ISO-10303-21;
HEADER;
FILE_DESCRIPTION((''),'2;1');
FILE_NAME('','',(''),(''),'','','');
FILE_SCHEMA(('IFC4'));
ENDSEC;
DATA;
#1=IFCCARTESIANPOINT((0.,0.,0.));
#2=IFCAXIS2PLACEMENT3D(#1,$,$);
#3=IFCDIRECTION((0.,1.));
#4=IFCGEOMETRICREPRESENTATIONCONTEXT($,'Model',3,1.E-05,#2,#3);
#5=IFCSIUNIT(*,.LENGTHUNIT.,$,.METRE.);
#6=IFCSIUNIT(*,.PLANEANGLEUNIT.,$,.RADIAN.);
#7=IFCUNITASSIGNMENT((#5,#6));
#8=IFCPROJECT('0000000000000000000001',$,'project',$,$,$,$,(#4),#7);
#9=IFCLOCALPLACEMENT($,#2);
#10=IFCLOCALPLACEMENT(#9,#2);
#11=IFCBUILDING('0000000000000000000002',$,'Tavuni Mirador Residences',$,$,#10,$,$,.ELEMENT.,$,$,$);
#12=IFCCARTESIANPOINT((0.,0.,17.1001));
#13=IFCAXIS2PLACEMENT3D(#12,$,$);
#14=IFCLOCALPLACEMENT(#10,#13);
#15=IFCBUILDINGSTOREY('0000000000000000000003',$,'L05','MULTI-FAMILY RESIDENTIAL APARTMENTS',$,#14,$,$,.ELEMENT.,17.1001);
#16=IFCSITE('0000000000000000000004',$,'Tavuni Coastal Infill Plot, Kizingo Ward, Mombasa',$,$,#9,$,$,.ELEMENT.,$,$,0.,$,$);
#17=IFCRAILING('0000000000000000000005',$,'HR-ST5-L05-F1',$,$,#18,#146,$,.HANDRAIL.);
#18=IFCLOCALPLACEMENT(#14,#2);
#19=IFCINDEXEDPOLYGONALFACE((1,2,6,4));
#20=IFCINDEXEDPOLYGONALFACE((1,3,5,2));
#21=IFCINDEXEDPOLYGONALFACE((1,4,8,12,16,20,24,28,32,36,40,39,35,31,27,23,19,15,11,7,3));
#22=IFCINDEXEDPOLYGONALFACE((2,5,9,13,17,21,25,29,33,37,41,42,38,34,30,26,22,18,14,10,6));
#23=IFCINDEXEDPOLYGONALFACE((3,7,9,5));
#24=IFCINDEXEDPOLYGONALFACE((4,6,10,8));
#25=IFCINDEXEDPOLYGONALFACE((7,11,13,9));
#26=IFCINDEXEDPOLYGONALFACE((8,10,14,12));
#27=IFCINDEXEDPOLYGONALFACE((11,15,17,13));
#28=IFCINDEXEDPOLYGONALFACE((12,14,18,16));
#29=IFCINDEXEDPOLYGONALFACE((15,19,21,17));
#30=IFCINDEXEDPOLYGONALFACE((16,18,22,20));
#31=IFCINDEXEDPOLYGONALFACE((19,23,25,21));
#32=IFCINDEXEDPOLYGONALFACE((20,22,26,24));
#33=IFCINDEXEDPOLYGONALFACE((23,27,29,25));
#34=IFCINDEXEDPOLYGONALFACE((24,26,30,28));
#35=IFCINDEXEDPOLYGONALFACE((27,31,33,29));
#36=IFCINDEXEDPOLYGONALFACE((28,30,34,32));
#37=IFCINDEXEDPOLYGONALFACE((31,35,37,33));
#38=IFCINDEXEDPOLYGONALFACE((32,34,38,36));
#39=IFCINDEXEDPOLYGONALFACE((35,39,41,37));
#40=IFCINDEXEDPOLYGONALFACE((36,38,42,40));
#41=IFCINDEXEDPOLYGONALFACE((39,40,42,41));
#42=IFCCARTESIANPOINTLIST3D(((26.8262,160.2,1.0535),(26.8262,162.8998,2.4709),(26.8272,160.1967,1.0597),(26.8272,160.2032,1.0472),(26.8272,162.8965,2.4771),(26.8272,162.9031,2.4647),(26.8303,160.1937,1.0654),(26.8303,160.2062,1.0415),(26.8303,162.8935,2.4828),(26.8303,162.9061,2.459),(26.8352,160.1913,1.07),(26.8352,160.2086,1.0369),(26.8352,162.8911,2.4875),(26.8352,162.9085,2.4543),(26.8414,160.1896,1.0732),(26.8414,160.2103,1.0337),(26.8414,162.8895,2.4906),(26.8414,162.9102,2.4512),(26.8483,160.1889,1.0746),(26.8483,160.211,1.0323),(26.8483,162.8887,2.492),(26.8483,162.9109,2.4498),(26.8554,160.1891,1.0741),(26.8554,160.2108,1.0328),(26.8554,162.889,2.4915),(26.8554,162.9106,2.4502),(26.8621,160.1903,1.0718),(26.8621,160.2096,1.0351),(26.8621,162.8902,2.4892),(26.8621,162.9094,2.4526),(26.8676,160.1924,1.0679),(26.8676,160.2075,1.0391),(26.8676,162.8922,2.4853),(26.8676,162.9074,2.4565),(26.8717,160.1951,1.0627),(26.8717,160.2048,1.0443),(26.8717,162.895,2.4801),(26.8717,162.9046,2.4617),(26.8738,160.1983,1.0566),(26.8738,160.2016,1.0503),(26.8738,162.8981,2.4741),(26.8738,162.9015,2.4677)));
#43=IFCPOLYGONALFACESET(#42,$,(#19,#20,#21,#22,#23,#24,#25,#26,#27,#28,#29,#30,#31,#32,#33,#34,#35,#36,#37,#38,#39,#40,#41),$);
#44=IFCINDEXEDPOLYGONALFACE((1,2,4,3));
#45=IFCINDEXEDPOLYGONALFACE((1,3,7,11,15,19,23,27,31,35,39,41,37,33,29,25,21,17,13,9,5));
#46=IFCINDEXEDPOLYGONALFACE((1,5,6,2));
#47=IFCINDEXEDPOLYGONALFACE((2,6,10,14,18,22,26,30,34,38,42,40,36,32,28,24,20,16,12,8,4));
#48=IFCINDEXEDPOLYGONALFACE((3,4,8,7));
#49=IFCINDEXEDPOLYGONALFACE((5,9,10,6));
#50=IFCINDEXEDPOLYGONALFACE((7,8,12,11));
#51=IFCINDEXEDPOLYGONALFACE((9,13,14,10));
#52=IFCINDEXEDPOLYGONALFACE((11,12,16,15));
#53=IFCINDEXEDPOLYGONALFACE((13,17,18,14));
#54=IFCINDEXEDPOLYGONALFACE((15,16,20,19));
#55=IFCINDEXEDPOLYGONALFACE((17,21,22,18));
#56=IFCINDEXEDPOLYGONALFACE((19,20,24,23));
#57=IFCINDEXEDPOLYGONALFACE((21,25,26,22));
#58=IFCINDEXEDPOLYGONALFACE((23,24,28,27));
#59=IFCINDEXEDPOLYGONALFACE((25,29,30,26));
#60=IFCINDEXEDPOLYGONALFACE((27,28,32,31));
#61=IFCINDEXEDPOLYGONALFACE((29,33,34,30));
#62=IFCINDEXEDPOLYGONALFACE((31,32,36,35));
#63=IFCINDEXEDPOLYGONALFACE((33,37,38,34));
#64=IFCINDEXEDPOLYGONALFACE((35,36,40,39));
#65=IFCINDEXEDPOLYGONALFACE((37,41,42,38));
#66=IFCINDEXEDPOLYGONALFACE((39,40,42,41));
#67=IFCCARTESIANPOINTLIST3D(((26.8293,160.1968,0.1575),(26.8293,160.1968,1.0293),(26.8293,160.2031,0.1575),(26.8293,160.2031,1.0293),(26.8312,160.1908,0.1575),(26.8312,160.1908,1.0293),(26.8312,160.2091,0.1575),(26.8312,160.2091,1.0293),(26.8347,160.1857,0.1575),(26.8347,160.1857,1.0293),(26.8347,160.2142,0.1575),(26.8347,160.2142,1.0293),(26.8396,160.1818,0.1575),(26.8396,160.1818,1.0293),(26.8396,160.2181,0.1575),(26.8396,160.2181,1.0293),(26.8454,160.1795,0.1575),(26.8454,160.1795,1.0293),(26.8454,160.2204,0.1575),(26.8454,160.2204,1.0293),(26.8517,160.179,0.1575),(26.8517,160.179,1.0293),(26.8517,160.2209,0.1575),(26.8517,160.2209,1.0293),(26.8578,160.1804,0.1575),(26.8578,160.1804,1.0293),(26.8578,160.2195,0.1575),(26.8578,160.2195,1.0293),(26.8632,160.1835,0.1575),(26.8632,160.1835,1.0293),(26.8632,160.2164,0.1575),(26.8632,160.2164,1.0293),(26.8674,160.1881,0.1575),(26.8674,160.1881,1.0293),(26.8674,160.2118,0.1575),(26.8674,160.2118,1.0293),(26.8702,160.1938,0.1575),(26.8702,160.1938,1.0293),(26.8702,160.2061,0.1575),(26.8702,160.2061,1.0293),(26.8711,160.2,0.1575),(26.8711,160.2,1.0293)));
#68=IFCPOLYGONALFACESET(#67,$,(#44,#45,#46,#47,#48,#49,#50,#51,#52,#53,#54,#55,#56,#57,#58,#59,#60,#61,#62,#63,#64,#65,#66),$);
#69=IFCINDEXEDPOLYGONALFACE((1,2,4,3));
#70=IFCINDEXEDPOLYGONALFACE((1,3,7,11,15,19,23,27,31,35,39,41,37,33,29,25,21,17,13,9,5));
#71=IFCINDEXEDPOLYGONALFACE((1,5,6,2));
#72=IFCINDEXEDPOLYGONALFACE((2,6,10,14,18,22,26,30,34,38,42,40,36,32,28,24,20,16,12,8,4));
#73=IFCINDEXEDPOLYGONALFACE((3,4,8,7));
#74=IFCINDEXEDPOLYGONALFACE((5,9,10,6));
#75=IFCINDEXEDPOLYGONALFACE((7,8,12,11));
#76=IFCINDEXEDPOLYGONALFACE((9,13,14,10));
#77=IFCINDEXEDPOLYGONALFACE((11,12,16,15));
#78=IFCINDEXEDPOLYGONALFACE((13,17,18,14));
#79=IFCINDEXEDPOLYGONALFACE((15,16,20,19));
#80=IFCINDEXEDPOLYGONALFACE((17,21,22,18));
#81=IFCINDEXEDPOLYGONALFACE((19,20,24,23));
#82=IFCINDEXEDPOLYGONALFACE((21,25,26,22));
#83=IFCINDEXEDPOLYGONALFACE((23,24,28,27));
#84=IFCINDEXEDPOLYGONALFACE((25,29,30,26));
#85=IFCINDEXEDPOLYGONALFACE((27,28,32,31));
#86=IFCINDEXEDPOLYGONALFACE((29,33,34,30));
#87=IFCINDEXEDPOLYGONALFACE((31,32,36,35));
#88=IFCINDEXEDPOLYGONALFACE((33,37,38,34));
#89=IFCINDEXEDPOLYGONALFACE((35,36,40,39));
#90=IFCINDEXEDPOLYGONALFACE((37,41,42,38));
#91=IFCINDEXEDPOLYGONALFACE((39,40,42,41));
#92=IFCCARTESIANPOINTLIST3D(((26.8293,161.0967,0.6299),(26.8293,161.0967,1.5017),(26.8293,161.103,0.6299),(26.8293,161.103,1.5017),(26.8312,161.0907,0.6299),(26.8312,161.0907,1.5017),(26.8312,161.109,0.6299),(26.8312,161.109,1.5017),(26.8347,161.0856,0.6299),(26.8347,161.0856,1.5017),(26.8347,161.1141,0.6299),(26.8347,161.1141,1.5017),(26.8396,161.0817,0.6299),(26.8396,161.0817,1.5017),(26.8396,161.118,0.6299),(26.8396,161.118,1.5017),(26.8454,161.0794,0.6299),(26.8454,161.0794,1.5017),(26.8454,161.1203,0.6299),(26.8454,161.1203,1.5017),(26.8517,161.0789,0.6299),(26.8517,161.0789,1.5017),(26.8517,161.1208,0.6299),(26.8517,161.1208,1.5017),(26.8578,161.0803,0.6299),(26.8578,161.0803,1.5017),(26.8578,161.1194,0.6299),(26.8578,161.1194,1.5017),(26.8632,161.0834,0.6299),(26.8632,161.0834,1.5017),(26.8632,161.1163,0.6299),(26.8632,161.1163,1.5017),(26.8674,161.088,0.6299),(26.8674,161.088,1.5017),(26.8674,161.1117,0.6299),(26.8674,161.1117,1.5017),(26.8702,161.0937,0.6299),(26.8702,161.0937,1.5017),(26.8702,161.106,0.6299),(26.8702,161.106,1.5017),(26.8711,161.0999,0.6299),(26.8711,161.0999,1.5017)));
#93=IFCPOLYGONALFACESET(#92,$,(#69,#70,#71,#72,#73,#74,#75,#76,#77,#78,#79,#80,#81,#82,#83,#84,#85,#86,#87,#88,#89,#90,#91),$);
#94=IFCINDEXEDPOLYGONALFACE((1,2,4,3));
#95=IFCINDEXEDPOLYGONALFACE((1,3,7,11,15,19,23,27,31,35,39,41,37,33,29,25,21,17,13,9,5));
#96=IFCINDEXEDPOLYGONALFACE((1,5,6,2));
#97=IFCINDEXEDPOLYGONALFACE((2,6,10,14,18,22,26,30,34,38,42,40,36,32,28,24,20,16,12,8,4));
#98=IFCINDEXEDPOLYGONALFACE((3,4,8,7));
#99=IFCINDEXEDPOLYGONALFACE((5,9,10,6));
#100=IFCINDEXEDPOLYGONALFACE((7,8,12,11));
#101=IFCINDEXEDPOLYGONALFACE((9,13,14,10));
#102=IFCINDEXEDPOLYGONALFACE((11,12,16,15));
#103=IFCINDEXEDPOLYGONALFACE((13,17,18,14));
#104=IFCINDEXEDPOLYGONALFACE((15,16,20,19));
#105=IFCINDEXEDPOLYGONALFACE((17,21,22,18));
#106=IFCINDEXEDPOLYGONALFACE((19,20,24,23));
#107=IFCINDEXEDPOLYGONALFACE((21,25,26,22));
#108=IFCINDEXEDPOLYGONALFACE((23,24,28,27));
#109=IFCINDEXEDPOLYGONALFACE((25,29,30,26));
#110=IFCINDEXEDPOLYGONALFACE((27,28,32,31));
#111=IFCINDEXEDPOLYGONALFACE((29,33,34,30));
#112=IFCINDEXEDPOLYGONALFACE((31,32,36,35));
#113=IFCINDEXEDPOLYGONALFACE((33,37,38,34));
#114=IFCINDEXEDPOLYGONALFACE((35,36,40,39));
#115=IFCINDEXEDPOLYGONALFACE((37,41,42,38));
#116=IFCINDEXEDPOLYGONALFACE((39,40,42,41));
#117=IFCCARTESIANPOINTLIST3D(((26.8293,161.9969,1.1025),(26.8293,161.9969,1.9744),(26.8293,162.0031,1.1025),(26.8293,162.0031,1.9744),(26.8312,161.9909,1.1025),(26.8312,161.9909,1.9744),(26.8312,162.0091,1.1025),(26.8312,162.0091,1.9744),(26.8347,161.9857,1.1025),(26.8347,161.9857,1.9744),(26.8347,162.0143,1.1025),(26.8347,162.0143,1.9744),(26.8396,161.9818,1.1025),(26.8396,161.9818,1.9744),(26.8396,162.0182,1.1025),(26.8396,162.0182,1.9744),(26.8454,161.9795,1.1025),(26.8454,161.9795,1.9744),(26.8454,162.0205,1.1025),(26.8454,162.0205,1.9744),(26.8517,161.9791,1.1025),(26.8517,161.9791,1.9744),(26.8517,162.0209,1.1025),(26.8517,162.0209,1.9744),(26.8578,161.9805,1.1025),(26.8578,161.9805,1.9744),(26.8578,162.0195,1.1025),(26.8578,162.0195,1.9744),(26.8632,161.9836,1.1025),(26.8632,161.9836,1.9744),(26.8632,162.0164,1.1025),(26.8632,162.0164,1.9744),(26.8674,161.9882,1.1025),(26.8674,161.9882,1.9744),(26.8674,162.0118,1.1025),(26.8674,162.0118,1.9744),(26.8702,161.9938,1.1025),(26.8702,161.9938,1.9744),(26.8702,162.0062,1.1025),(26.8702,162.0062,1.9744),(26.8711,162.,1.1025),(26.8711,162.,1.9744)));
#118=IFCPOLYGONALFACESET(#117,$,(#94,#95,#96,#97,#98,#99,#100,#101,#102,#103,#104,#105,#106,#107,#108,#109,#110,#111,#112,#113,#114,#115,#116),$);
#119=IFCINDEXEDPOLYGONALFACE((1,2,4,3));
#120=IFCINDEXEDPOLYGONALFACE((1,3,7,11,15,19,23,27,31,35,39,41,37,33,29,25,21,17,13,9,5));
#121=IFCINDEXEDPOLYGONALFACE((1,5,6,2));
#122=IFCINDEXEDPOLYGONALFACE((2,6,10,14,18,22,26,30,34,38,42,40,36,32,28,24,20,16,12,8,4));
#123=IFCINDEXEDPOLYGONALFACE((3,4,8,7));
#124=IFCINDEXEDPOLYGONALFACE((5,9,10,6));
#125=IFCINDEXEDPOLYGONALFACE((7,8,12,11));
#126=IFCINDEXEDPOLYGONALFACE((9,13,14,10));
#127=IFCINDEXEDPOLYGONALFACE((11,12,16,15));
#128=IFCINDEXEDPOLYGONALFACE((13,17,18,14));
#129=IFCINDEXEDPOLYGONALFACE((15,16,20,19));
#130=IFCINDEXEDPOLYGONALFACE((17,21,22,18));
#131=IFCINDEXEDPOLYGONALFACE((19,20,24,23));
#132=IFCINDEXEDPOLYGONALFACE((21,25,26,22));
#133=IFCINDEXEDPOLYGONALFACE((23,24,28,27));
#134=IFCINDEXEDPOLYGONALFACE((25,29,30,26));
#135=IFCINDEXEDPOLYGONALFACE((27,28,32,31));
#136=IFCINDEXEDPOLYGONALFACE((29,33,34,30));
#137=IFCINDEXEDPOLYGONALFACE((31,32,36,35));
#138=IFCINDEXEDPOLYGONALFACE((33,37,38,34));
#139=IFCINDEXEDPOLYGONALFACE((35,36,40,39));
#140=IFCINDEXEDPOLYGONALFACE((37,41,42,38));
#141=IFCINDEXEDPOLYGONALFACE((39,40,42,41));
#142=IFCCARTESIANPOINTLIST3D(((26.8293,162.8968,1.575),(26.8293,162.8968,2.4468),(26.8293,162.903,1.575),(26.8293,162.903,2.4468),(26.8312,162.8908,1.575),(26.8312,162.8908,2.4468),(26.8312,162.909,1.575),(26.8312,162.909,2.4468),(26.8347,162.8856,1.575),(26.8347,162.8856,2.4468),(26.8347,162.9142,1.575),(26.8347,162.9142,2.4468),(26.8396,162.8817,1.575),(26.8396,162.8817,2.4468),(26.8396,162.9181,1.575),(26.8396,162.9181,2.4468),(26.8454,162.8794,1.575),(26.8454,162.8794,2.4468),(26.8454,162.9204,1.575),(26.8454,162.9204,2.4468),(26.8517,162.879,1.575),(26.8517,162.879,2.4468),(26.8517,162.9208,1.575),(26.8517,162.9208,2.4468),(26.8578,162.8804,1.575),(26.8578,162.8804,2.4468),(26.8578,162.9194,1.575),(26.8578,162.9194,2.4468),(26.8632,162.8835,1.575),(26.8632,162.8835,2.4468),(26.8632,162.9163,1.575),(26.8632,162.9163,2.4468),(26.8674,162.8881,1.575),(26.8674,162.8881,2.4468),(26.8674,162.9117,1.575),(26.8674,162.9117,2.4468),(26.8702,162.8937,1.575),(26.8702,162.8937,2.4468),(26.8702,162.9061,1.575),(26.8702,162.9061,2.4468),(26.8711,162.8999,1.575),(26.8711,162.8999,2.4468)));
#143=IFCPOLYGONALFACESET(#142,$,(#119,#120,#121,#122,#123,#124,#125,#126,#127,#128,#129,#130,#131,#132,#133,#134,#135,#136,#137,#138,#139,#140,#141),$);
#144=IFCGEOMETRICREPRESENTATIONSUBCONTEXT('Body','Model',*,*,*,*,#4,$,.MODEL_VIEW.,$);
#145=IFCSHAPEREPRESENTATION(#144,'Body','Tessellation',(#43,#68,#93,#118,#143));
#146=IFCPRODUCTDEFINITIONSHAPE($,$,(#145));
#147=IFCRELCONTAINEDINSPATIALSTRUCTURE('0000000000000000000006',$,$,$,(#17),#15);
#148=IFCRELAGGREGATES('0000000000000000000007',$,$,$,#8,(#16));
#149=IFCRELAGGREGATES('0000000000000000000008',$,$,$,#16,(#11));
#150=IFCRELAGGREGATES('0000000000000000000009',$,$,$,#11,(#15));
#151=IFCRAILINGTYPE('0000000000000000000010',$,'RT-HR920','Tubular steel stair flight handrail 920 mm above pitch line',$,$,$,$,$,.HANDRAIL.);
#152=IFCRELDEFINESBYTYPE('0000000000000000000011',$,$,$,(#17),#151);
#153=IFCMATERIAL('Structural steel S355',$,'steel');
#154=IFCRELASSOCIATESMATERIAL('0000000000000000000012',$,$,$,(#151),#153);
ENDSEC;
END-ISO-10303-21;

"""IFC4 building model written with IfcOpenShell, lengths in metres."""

from ifc_helpers import new_model, si_unit, direction, frame, origin, origin_2d, place, context, subcontext, project, spatial, circle, extrude, material, type_object, element, save


model = new_model("IFC4")

# Units and contexts
model_context = context("Model", 3, precision=1e-05, world=origin(), true_north=direction((0.0, 1.0)))
body_context = subcontext(model_context, "Body", "Model", "MODEL_VIEW")
ifc_project = project(units=[si_unit("LENGTHUNIT", "METRE"), si_unit("PLANEANGLEUNIT", "RADIAN")], contexts=[model_context])

# Site, building, storey
site_placement = place(None, origin())
site = spatial("IfcSite", under=ifc_project, at=site_placement, Name="Tavuni Coastal Infill Plot, Kizingo Ward, Mombasa", CompositionType="ELEMENT", RefElevation=0.0)
building_placement = place(site_placement, origin())
building = spatial("IfcBuilding", under=site, at=building_placement, Name="Tavuni Mirador Residences", CompositionType="ELEMENT")
storey_placement = place(building_placement, frame((0.0, 0.0, 17.1001)))
storey = spatial("IfcBuildingStorey", under=building, at=storey_placement, Name="L05", Description="MULTI-FAMILY RESIDENTIAL APARTMENTS", CompositionType="ELEMENT", Elevation=17.1001)

# Shared definitions
ifc_material_1 = material(Name="Structural steel S355", Category="steel")

# Railing
railing_type_1 = type_object("IfcRailingType", Name="RT-HR920", Description="Tubular steel stair flight handrail 920 mm above pitch line", PredefinedType="HANDRAIL", material=ifc_material_1)
railing_1_placement = place(storey_placement, frame((26.8501, 160.2, 0.1575)))
element("IfcRailing", 1, at=railing_1_placement, inside=storey, type_object=railing_type_1, Name="HR-ST5-L05-F1", PredefinedType="HANDRAIL", context=body_context, shape_type="SweptSolid", body=[
    extrude(circle(Radius=0.0239, at=origin_2d()), frame((0.0, 0.0, 0.896), z_axis=(0.0, 0.885397, 0.464835), x_axis=(-1.0, 0.0, 0.0)), (0.0, 0.0, 1.0), 3.0493),
    extrude(circle(Radius=0.021, at=origin_2d()), origin(), (0.0, 0.0, 1.0), 0.8718),
    extrude(circle(Radius=0.021, at=origin_2d()), frame((0.0, 0.8999, 0.4724)), (0.0, 0.0, 1.0), 0.8718),
    extrude(circle(Radius=0.021, at=origin_2d()), frame((0.0, 1.8, 0.9451)), (0.0, 0.0, 1.0), 0.8718),
    extrude(circle(Radius=0.021, at=origin_2d()), frame((0.0, 2.7, 1.4175)), (0.0, 0.0, 1.0), 0.8718),
])

save(model, "model.ifc")
